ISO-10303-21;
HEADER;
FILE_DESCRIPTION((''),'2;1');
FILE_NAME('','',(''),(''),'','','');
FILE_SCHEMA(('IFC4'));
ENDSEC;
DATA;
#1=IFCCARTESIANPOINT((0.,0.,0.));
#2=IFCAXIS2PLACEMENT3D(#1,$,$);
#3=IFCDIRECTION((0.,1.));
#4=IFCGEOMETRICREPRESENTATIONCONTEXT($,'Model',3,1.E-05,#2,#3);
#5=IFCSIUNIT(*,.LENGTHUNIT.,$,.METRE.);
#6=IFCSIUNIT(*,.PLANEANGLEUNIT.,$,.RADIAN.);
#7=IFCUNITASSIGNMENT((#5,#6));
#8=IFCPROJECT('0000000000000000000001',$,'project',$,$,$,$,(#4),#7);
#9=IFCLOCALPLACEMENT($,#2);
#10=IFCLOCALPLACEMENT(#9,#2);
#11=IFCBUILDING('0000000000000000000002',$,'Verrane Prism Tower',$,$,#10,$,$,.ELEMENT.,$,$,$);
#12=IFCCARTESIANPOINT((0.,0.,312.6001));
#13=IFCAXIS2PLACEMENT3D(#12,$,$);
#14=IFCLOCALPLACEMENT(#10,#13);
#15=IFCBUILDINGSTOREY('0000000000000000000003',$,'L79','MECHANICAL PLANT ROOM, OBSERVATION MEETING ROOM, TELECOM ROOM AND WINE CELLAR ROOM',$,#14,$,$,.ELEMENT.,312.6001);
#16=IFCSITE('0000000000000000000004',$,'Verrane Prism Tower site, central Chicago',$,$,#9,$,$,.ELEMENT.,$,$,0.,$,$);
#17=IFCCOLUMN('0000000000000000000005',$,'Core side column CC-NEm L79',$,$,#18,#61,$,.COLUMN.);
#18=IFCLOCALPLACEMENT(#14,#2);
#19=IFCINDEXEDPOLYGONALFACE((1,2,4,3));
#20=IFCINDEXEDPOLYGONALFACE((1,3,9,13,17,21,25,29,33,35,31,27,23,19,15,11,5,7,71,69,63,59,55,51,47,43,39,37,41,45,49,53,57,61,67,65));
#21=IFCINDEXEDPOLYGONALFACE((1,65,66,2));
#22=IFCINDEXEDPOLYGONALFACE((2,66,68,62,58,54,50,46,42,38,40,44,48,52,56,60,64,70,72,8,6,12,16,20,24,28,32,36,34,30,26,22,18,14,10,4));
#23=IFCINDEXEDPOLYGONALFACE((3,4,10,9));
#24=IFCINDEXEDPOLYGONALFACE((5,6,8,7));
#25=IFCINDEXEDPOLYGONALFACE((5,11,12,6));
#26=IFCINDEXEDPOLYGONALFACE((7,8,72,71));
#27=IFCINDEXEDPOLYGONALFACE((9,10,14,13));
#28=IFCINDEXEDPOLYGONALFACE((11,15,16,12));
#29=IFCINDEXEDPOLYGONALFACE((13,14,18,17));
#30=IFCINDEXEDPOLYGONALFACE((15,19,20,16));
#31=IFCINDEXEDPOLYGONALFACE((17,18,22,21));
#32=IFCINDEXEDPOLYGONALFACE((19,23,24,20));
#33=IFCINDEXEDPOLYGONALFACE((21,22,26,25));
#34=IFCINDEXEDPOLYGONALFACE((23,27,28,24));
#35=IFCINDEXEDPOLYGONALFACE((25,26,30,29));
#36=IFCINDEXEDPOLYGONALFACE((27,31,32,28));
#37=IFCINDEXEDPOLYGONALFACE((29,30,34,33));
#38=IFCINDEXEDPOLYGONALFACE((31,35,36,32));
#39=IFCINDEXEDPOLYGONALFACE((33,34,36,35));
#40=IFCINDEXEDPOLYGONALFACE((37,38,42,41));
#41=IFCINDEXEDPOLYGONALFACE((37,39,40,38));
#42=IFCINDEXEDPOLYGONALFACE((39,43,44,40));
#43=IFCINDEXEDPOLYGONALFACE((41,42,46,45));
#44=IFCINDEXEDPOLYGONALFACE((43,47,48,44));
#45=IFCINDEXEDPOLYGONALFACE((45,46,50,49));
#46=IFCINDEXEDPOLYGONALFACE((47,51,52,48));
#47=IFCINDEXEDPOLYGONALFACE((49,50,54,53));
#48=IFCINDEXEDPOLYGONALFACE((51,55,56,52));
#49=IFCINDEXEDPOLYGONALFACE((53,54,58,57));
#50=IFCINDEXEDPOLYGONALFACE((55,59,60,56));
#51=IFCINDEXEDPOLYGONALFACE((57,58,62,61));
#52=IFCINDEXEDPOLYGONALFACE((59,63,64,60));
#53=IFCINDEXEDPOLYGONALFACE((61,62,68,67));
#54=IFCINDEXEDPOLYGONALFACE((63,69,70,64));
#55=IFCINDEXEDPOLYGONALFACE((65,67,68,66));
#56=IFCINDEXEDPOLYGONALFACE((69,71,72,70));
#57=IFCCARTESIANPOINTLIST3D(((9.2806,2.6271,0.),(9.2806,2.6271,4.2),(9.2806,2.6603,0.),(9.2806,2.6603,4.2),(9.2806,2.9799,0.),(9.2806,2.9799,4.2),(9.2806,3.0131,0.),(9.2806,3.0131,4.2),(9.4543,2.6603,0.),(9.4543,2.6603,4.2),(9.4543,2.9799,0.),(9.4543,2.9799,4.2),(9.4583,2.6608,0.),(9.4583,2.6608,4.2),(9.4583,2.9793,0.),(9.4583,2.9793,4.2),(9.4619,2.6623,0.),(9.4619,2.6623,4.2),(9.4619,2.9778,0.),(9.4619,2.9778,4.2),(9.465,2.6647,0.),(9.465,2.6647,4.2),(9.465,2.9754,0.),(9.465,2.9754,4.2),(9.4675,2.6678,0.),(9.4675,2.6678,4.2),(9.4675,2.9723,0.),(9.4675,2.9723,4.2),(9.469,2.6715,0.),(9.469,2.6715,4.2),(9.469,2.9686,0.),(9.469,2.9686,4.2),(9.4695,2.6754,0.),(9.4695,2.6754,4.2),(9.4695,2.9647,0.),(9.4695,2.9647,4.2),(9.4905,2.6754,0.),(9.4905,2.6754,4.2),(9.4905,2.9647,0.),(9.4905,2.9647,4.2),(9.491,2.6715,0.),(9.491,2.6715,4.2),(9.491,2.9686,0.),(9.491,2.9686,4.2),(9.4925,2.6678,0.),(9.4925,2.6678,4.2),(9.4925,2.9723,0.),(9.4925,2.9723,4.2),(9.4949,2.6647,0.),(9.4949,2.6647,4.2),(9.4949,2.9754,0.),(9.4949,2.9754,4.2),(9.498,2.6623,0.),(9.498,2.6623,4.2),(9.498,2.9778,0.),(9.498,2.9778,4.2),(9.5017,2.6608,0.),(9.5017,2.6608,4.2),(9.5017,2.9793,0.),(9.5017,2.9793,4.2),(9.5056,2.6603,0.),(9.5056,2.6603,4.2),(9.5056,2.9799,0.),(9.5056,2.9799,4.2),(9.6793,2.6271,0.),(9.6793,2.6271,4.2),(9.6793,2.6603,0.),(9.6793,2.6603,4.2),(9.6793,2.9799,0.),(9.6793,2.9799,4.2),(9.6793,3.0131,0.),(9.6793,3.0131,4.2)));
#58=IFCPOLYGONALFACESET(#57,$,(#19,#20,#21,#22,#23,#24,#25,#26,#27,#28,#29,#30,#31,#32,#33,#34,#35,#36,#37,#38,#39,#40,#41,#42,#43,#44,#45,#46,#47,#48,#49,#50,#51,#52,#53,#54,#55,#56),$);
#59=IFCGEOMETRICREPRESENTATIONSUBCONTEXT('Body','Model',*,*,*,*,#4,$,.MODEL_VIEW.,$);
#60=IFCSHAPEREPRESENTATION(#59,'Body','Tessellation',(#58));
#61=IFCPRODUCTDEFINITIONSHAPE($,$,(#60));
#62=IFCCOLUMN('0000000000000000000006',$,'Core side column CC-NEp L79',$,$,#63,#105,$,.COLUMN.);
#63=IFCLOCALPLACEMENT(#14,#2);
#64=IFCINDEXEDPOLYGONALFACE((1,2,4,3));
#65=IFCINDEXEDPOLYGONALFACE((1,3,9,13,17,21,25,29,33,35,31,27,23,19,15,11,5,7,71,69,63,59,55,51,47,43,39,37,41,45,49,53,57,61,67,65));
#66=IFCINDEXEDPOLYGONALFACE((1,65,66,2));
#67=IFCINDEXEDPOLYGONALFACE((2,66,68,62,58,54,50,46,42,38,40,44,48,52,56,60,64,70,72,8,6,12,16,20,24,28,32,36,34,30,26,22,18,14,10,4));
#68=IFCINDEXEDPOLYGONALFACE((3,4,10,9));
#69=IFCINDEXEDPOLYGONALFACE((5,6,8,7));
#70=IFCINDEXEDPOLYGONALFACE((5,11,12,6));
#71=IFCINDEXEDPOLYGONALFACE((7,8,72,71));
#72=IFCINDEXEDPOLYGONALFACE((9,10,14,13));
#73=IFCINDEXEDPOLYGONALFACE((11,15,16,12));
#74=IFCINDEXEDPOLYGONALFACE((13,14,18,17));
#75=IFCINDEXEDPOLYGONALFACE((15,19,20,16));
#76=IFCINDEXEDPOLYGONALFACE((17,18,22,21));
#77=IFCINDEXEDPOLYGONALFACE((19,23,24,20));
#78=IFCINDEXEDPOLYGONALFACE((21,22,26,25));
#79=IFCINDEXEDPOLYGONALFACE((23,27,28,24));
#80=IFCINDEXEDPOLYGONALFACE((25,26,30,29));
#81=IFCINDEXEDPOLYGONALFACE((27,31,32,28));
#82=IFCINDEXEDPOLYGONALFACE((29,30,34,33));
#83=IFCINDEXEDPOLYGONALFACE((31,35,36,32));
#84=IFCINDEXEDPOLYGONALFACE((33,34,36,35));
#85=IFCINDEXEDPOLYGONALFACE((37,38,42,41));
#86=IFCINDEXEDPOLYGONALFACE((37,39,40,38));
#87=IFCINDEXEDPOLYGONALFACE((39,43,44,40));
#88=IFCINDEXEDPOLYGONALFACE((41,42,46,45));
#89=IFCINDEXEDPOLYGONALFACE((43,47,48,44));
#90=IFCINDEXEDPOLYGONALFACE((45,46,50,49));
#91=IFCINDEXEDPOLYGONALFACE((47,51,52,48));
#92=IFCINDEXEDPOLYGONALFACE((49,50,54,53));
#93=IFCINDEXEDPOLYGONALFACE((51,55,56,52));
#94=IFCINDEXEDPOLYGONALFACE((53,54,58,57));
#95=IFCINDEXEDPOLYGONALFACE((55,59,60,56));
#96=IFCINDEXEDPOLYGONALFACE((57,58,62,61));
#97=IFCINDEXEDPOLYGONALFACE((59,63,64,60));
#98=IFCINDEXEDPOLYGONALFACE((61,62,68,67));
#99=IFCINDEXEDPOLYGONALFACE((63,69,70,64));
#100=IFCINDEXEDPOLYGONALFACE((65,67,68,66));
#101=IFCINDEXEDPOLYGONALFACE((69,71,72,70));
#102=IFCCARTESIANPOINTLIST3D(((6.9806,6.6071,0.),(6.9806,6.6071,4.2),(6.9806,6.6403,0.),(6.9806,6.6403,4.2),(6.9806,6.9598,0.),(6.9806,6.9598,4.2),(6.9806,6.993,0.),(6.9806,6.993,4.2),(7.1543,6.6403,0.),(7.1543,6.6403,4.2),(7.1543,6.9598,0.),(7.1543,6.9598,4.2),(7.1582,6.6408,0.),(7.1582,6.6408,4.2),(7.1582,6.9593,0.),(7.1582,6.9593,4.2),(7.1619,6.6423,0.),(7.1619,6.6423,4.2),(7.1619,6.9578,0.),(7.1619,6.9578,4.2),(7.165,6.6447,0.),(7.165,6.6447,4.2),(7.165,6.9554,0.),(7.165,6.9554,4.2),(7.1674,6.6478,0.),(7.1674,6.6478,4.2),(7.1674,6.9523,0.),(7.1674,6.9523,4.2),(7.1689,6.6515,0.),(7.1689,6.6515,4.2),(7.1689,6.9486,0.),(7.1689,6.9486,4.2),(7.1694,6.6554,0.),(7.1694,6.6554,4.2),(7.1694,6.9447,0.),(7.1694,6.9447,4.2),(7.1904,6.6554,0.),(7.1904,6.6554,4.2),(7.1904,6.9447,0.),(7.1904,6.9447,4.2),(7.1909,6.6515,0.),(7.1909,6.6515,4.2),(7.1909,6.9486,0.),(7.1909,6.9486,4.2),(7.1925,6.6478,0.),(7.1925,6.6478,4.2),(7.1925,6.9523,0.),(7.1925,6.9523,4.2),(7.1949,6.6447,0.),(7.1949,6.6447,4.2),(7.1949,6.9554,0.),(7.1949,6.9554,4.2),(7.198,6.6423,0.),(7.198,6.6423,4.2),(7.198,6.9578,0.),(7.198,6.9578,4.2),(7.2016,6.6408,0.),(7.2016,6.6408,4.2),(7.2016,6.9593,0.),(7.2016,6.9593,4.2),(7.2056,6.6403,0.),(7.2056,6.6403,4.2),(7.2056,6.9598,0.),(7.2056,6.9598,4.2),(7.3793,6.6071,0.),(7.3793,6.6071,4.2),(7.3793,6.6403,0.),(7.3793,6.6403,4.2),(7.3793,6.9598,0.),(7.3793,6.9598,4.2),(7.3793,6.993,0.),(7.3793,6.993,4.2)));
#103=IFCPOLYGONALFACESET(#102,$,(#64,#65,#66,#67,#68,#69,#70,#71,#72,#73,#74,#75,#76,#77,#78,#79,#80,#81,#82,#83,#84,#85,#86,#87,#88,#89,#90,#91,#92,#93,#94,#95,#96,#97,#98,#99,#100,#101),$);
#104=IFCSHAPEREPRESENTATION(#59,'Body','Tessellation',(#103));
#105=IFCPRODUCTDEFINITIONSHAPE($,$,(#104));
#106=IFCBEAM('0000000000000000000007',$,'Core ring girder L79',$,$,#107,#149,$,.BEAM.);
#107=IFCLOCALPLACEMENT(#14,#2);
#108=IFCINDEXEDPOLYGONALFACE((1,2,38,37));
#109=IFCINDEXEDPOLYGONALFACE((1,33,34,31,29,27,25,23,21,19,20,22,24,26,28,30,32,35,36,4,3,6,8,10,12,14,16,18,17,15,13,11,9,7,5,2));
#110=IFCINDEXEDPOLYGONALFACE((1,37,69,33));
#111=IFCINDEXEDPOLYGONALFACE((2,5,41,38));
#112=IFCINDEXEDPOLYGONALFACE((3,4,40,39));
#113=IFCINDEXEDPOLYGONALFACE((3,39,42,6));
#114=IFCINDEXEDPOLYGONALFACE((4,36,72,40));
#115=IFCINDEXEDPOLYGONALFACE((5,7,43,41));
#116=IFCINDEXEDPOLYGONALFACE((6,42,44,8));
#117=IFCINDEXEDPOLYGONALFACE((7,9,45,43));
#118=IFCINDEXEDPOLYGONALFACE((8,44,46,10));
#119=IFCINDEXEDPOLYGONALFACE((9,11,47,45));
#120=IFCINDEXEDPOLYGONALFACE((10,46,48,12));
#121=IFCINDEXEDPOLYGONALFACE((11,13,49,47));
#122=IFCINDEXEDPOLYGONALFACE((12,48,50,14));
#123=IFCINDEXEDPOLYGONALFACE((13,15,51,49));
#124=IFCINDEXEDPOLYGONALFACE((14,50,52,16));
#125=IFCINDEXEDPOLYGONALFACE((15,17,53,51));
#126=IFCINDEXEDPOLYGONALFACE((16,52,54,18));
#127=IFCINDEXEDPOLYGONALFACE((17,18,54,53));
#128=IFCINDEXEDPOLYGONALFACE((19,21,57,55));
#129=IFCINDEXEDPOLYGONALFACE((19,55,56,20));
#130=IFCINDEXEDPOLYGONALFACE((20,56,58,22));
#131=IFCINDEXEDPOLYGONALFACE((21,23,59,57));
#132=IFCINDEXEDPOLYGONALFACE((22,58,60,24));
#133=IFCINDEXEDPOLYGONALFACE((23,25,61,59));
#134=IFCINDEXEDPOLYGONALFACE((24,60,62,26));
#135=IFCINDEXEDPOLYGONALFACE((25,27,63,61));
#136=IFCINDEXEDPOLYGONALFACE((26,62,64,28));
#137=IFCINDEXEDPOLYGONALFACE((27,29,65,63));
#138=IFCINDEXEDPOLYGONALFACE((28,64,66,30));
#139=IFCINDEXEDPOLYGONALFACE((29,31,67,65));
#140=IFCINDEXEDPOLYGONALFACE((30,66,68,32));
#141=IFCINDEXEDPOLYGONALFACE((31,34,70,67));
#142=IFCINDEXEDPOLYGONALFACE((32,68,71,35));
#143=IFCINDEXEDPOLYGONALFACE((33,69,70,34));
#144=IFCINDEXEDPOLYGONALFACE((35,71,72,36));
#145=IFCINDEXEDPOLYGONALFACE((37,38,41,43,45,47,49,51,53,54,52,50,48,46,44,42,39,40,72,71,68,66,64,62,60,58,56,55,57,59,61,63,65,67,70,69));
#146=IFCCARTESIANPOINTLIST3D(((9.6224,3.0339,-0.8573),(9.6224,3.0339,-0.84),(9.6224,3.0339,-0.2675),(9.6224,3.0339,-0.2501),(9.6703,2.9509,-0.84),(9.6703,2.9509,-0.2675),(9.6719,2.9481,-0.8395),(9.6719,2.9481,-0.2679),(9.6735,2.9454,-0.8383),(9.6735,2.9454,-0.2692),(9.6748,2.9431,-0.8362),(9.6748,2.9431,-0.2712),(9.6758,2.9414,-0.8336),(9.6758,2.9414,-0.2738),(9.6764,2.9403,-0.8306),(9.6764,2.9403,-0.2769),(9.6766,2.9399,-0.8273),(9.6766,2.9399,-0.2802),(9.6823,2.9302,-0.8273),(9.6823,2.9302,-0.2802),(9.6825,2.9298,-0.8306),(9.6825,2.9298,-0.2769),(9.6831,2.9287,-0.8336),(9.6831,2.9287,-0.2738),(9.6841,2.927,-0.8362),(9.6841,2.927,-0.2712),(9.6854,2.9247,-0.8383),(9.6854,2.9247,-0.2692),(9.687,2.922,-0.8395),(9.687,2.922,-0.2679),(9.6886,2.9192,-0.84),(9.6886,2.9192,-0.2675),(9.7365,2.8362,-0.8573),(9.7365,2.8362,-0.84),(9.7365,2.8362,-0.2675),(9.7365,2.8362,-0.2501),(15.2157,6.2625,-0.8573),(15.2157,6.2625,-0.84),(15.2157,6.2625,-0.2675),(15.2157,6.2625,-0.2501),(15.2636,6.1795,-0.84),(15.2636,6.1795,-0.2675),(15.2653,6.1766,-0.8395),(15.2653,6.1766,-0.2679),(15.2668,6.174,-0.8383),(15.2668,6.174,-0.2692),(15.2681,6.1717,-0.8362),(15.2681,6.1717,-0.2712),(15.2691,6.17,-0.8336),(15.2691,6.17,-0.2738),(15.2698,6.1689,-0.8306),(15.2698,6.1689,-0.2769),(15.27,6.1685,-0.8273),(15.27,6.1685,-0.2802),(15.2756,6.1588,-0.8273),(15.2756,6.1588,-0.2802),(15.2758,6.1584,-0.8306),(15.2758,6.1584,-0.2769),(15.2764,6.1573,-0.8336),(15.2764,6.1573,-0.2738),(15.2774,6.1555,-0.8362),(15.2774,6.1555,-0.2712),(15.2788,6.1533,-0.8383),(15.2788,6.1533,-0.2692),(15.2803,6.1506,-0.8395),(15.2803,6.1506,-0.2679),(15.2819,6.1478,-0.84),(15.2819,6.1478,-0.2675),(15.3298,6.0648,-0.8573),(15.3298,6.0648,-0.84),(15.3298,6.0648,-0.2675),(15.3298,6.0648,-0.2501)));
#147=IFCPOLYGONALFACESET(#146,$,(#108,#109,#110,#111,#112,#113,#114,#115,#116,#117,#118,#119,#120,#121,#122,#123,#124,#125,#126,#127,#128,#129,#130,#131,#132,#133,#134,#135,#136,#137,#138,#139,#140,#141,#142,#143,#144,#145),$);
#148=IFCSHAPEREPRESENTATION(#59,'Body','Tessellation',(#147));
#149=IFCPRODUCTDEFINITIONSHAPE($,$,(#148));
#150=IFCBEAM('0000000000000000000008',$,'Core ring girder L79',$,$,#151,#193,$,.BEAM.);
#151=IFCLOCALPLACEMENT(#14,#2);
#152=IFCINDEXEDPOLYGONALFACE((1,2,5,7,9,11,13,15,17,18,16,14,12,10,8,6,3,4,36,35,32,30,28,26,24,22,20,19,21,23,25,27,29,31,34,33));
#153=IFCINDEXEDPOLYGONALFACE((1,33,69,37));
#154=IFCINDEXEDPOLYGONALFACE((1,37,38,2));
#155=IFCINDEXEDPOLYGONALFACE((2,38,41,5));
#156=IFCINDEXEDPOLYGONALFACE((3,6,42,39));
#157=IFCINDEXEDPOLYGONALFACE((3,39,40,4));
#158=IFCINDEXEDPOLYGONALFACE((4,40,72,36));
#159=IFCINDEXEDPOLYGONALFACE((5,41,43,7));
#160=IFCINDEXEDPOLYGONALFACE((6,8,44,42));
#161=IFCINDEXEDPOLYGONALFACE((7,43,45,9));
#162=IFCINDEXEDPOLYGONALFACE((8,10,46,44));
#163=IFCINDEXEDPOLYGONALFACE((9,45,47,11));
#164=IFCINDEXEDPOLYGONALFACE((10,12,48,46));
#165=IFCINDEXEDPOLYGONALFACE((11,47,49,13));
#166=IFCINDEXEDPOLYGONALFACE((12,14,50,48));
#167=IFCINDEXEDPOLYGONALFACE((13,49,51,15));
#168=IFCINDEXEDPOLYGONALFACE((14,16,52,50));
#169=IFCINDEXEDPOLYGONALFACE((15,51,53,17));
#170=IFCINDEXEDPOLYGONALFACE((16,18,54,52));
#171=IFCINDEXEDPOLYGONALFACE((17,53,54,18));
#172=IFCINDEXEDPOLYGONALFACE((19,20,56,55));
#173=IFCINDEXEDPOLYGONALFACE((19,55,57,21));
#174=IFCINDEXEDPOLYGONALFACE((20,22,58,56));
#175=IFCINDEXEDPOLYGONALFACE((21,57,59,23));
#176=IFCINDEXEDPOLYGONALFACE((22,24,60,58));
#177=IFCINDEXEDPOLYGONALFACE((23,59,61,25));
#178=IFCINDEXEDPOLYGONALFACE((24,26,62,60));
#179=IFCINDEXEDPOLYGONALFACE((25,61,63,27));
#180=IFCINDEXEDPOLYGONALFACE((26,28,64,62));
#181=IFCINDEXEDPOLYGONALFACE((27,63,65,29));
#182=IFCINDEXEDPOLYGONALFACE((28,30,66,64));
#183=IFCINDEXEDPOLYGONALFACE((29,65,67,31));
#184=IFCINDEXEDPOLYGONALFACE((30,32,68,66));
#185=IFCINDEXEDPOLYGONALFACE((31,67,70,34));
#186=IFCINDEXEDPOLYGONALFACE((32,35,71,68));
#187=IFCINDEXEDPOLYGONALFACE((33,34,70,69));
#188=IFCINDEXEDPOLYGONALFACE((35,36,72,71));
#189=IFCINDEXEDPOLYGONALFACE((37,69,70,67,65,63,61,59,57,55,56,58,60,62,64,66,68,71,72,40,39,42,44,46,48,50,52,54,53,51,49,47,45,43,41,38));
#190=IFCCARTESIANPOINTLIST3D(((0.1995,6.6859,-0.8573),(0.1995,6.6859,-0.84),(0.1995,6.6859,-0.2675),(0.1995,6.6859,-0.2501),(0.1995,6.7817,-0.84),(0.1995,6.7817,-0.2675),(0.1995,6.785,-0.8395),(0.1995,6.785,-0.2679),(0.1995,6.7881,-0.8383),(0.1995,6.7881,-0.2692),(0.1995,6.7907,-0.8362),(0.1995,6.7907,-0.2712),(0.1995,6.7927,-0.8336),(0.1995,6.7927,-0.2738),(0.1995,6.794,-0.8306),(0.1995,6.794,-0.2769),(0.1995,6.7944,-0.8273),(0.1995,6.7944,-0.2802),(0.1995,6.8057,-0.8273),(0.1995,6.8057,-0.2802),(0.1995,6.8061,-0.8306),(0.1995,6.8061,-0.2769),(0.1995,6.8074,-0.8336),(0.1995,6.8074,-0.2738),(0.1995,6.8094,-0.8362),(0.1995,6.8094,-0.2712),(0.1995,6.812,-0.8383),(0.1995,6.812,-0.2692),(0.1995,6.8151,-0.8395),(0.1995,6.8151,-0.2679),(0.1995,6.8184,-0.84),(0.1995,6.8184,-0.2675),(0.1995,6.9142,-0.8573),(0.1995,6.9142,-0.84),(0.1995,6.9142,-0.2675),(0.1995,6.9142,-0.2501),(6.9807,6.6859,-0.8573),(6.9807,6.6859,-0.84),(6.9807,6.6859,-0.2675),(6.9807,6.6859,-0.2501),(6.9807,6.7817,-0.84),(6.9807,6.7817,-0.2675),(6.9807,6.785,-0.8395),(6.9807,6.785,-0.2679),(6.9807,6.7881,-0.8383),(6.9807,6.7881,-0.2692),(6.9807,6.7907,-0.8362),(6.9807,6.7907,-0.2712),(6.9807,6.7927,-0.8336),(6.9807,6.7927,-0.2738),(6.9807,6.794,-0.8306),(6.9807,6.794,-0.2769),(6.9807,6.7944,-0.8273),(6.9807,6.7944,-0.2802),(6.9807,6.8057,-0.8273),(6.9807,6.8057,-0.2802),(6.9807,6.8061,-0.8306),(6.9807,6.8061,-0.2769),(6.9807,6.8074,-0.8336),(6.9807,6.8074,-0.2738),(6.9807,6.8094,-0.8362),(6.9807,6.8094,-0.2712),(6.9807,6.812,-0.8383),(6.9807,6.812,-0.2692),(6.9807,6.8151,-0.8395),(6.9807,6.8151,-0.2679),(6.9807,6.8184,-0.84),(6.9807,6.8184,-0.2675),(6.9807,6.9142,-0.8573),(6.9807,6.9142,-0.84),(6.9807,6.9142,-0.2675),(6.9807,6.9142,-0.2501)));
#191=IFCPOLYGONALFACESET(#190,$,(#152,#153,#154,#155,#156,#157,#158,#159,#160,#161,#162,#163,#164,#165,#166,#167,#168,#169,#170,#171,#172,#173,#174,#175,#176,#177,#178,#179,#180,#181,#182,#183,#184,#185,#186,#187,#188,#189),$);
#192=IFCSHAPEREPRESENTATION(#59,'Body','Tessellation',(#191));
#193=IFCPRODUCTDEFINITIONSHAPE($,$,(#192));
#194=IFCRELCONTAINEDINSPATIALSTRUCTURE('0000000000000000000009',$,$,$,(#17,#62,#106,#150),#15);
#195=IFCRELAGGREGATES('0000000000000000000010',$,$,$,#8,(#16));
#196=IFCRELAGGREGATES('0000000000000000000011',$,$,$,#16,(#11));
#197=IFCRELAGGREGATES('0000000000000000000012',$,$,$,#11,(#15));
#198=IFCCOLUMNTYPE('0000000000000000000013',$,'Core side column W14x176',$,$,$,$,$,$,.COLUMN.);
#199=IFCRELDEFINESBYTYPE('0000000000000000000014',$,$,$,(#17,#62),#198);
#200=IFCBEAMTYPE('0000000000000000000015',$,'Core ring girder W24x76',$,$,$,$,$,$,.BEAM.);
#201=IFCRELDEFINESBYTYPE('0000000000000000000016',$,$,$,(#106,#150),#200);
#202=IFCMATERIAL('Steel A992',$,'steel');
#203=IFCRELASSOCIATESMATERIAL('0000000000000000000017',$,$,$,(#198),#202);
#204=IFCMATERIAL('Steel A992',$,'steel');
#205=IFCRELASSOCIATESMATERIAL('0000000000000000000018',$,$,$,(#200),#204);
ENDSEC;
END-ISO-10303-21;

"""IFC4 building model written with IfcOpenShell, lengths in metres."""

from ifc_helpers import new_model, si_unit, direction, frame, origin, origin_2d, place, context, subcontext, project, spatial, i_section, extrude, material, material_profile, profile_set, type_object, element, save


model = new_model("IFC4")

# Units and contexts
model_context = context("Model", 3, precision=1e-05, world=origin(), true_north=direction((0.0, 1.0)))
body_context = subcontext(model_context, "Body", "Model", "MODEL_VIEW")
ifc_project = project(units=[si_unit("LENGTHUNIT", "METRE"), si_unit("PLANEANGLEUNIT", "RADIAN")], contexts=[model_context])

# Site, building, storey
site_placement = place(None, origin())
site = spatial("IfcSite", under=ifc_project, at=site_placement, Name="Verrane Prism Tower site, central Chicago", CompositionType="ELEMENT", RefElevation=0.0)
building_placement = place(site_placement, origin())
building = spatial("IfcBuilding", under=site, at=building_placement, Name="Verrane Prism Tower", CompositionType="ELEMENT")
storey_placement = place(building_placement, frame((0.0, 0.0, 312.6001)))
storey = spatial("IfcBuildingStorey", under=building, at=storey_placement, Name="L79", Description="MECHANICAL PLANT ROOM, OBSERVATION MEETING ROOM, TELECOM ROOM AND WINE CELLAR ROOM", CompositionType="ELEMENT", Elevation=312.6001)

# Columns
ifc_material_1 = material(Name="Steel A992", Category="steel")
ifc_material_profile_1 = material_profile(ifc_material_1, i_section(OverallWidth=0.3987, OverallDepth=0.386, WebThickness=0.021, FlangeThickness=0.0332, FilletRadius=0.0151, at=origin_2d()), Name="W14x176")
ifc_profile_set_1 = profile_set([ifc_material_profile_1], Name="Steel A992")
column_type = type_object("IfcColumnType", Name="Core side column W14x176", PredefinedType="COLUMN", material=ifc_profile_set_1)
for number, where, z_axis, x_axis, name in (
    (1, (9.48, 2.8201, 0.0), (0.0, 0.0, 1.0), (1.0, 0.0, 0.0), "Core side column CC-NEm L79"),
    (2, (7.1799, 6.8, 0.0), (0.0, 0.0, 1.0), (1.0, 0.0, 0.0), "Core side column CC-NEp L79"),
):
    element("IfcColumn", number, at=place(storey_placement, frame(where, z_axis=z_axis, x_axis=x_axis)), inside=storey, type_object=column_type, Name=name, PredefinedType="COLUMN", context=body_context, shape_type="SweptSolid", body=[
        extrude(i_section(OverallWidth=0.3987, OverallDepth=0.386, WebThickness=0.021, FlangeThickness=0.0332, FilletRadius=0.0151, at=origin_2d()), origin(), (0.0, 0.0, 1.0), 4.2),
    ])

# Beams
ifc_material_2 = material(Name="Steel A992", Category="steel")
ifc_material_profile_2 = material_profile(ifc_material_2, i_section(OverallWidth=0.2283, OverallDepth=0.6072, WebThickness=0.0112, FlangeThickness=0.0173, FilletRadius=0.0127, at=origin_2d()), Name="W24x76")
ifc_profile_set_2 = profile_set([ifc_material_profile_2], Name="Steel A992")
beam_type_1 = type_object("IfcBeamType", Name="Core ring girder W24x76", PredefinedType="BEAM", material=ifc_profile_set_2)
beam_1_placement = place(storey_placement, frame((9.6794, 2.9351, -0.5537), z_axis=(0.866076, 0.499912, 0.0), x_axis=(-0.499912, 0.866076, 0.0)))
element("IfcBeam", 3, at=beam_1_placement, inside=storey, type_object=beam_type_1, Name="Core ring girder L79", PredefinedType="BEAM", context=body_context, shape_type="SweptSolid", body=[
    extrude(i_section(OverallWidth=0.2283, OverallDepth=0.6072, WebThickness=0.0112, FlangeThickness=0.0173, FilletRadius=0.0127, at=origin_2d()), origin(), (0.0, 0.0, 1.0), 6.4583),
])
beam_2_placement = place(storey_placement, frame((6.9807, 6.8, -0.5537), z_axis=(-1.0, 0.0, 0.0), x_axis=(0.0, -1.0, 0.0)))
element("IfcBeam", 4, at=beam_2_placement, inside=storey, type_object=beam_type_1, Name="Core ring girder L79", PredefinedType="BEAM", context=body_context, shape_type="SweptSolid", body=[
    extrude(i_section(OverallWidth=0.2283, OverallDepth=0.6072, WebThickness=0.0112, FlangeThickness=0.0173, FilletRadius=0.0127, at=origin_2d()), origin(), (0.0, 0.0, 1.0), 6.7812),
])

save(model, "model.ifc")
